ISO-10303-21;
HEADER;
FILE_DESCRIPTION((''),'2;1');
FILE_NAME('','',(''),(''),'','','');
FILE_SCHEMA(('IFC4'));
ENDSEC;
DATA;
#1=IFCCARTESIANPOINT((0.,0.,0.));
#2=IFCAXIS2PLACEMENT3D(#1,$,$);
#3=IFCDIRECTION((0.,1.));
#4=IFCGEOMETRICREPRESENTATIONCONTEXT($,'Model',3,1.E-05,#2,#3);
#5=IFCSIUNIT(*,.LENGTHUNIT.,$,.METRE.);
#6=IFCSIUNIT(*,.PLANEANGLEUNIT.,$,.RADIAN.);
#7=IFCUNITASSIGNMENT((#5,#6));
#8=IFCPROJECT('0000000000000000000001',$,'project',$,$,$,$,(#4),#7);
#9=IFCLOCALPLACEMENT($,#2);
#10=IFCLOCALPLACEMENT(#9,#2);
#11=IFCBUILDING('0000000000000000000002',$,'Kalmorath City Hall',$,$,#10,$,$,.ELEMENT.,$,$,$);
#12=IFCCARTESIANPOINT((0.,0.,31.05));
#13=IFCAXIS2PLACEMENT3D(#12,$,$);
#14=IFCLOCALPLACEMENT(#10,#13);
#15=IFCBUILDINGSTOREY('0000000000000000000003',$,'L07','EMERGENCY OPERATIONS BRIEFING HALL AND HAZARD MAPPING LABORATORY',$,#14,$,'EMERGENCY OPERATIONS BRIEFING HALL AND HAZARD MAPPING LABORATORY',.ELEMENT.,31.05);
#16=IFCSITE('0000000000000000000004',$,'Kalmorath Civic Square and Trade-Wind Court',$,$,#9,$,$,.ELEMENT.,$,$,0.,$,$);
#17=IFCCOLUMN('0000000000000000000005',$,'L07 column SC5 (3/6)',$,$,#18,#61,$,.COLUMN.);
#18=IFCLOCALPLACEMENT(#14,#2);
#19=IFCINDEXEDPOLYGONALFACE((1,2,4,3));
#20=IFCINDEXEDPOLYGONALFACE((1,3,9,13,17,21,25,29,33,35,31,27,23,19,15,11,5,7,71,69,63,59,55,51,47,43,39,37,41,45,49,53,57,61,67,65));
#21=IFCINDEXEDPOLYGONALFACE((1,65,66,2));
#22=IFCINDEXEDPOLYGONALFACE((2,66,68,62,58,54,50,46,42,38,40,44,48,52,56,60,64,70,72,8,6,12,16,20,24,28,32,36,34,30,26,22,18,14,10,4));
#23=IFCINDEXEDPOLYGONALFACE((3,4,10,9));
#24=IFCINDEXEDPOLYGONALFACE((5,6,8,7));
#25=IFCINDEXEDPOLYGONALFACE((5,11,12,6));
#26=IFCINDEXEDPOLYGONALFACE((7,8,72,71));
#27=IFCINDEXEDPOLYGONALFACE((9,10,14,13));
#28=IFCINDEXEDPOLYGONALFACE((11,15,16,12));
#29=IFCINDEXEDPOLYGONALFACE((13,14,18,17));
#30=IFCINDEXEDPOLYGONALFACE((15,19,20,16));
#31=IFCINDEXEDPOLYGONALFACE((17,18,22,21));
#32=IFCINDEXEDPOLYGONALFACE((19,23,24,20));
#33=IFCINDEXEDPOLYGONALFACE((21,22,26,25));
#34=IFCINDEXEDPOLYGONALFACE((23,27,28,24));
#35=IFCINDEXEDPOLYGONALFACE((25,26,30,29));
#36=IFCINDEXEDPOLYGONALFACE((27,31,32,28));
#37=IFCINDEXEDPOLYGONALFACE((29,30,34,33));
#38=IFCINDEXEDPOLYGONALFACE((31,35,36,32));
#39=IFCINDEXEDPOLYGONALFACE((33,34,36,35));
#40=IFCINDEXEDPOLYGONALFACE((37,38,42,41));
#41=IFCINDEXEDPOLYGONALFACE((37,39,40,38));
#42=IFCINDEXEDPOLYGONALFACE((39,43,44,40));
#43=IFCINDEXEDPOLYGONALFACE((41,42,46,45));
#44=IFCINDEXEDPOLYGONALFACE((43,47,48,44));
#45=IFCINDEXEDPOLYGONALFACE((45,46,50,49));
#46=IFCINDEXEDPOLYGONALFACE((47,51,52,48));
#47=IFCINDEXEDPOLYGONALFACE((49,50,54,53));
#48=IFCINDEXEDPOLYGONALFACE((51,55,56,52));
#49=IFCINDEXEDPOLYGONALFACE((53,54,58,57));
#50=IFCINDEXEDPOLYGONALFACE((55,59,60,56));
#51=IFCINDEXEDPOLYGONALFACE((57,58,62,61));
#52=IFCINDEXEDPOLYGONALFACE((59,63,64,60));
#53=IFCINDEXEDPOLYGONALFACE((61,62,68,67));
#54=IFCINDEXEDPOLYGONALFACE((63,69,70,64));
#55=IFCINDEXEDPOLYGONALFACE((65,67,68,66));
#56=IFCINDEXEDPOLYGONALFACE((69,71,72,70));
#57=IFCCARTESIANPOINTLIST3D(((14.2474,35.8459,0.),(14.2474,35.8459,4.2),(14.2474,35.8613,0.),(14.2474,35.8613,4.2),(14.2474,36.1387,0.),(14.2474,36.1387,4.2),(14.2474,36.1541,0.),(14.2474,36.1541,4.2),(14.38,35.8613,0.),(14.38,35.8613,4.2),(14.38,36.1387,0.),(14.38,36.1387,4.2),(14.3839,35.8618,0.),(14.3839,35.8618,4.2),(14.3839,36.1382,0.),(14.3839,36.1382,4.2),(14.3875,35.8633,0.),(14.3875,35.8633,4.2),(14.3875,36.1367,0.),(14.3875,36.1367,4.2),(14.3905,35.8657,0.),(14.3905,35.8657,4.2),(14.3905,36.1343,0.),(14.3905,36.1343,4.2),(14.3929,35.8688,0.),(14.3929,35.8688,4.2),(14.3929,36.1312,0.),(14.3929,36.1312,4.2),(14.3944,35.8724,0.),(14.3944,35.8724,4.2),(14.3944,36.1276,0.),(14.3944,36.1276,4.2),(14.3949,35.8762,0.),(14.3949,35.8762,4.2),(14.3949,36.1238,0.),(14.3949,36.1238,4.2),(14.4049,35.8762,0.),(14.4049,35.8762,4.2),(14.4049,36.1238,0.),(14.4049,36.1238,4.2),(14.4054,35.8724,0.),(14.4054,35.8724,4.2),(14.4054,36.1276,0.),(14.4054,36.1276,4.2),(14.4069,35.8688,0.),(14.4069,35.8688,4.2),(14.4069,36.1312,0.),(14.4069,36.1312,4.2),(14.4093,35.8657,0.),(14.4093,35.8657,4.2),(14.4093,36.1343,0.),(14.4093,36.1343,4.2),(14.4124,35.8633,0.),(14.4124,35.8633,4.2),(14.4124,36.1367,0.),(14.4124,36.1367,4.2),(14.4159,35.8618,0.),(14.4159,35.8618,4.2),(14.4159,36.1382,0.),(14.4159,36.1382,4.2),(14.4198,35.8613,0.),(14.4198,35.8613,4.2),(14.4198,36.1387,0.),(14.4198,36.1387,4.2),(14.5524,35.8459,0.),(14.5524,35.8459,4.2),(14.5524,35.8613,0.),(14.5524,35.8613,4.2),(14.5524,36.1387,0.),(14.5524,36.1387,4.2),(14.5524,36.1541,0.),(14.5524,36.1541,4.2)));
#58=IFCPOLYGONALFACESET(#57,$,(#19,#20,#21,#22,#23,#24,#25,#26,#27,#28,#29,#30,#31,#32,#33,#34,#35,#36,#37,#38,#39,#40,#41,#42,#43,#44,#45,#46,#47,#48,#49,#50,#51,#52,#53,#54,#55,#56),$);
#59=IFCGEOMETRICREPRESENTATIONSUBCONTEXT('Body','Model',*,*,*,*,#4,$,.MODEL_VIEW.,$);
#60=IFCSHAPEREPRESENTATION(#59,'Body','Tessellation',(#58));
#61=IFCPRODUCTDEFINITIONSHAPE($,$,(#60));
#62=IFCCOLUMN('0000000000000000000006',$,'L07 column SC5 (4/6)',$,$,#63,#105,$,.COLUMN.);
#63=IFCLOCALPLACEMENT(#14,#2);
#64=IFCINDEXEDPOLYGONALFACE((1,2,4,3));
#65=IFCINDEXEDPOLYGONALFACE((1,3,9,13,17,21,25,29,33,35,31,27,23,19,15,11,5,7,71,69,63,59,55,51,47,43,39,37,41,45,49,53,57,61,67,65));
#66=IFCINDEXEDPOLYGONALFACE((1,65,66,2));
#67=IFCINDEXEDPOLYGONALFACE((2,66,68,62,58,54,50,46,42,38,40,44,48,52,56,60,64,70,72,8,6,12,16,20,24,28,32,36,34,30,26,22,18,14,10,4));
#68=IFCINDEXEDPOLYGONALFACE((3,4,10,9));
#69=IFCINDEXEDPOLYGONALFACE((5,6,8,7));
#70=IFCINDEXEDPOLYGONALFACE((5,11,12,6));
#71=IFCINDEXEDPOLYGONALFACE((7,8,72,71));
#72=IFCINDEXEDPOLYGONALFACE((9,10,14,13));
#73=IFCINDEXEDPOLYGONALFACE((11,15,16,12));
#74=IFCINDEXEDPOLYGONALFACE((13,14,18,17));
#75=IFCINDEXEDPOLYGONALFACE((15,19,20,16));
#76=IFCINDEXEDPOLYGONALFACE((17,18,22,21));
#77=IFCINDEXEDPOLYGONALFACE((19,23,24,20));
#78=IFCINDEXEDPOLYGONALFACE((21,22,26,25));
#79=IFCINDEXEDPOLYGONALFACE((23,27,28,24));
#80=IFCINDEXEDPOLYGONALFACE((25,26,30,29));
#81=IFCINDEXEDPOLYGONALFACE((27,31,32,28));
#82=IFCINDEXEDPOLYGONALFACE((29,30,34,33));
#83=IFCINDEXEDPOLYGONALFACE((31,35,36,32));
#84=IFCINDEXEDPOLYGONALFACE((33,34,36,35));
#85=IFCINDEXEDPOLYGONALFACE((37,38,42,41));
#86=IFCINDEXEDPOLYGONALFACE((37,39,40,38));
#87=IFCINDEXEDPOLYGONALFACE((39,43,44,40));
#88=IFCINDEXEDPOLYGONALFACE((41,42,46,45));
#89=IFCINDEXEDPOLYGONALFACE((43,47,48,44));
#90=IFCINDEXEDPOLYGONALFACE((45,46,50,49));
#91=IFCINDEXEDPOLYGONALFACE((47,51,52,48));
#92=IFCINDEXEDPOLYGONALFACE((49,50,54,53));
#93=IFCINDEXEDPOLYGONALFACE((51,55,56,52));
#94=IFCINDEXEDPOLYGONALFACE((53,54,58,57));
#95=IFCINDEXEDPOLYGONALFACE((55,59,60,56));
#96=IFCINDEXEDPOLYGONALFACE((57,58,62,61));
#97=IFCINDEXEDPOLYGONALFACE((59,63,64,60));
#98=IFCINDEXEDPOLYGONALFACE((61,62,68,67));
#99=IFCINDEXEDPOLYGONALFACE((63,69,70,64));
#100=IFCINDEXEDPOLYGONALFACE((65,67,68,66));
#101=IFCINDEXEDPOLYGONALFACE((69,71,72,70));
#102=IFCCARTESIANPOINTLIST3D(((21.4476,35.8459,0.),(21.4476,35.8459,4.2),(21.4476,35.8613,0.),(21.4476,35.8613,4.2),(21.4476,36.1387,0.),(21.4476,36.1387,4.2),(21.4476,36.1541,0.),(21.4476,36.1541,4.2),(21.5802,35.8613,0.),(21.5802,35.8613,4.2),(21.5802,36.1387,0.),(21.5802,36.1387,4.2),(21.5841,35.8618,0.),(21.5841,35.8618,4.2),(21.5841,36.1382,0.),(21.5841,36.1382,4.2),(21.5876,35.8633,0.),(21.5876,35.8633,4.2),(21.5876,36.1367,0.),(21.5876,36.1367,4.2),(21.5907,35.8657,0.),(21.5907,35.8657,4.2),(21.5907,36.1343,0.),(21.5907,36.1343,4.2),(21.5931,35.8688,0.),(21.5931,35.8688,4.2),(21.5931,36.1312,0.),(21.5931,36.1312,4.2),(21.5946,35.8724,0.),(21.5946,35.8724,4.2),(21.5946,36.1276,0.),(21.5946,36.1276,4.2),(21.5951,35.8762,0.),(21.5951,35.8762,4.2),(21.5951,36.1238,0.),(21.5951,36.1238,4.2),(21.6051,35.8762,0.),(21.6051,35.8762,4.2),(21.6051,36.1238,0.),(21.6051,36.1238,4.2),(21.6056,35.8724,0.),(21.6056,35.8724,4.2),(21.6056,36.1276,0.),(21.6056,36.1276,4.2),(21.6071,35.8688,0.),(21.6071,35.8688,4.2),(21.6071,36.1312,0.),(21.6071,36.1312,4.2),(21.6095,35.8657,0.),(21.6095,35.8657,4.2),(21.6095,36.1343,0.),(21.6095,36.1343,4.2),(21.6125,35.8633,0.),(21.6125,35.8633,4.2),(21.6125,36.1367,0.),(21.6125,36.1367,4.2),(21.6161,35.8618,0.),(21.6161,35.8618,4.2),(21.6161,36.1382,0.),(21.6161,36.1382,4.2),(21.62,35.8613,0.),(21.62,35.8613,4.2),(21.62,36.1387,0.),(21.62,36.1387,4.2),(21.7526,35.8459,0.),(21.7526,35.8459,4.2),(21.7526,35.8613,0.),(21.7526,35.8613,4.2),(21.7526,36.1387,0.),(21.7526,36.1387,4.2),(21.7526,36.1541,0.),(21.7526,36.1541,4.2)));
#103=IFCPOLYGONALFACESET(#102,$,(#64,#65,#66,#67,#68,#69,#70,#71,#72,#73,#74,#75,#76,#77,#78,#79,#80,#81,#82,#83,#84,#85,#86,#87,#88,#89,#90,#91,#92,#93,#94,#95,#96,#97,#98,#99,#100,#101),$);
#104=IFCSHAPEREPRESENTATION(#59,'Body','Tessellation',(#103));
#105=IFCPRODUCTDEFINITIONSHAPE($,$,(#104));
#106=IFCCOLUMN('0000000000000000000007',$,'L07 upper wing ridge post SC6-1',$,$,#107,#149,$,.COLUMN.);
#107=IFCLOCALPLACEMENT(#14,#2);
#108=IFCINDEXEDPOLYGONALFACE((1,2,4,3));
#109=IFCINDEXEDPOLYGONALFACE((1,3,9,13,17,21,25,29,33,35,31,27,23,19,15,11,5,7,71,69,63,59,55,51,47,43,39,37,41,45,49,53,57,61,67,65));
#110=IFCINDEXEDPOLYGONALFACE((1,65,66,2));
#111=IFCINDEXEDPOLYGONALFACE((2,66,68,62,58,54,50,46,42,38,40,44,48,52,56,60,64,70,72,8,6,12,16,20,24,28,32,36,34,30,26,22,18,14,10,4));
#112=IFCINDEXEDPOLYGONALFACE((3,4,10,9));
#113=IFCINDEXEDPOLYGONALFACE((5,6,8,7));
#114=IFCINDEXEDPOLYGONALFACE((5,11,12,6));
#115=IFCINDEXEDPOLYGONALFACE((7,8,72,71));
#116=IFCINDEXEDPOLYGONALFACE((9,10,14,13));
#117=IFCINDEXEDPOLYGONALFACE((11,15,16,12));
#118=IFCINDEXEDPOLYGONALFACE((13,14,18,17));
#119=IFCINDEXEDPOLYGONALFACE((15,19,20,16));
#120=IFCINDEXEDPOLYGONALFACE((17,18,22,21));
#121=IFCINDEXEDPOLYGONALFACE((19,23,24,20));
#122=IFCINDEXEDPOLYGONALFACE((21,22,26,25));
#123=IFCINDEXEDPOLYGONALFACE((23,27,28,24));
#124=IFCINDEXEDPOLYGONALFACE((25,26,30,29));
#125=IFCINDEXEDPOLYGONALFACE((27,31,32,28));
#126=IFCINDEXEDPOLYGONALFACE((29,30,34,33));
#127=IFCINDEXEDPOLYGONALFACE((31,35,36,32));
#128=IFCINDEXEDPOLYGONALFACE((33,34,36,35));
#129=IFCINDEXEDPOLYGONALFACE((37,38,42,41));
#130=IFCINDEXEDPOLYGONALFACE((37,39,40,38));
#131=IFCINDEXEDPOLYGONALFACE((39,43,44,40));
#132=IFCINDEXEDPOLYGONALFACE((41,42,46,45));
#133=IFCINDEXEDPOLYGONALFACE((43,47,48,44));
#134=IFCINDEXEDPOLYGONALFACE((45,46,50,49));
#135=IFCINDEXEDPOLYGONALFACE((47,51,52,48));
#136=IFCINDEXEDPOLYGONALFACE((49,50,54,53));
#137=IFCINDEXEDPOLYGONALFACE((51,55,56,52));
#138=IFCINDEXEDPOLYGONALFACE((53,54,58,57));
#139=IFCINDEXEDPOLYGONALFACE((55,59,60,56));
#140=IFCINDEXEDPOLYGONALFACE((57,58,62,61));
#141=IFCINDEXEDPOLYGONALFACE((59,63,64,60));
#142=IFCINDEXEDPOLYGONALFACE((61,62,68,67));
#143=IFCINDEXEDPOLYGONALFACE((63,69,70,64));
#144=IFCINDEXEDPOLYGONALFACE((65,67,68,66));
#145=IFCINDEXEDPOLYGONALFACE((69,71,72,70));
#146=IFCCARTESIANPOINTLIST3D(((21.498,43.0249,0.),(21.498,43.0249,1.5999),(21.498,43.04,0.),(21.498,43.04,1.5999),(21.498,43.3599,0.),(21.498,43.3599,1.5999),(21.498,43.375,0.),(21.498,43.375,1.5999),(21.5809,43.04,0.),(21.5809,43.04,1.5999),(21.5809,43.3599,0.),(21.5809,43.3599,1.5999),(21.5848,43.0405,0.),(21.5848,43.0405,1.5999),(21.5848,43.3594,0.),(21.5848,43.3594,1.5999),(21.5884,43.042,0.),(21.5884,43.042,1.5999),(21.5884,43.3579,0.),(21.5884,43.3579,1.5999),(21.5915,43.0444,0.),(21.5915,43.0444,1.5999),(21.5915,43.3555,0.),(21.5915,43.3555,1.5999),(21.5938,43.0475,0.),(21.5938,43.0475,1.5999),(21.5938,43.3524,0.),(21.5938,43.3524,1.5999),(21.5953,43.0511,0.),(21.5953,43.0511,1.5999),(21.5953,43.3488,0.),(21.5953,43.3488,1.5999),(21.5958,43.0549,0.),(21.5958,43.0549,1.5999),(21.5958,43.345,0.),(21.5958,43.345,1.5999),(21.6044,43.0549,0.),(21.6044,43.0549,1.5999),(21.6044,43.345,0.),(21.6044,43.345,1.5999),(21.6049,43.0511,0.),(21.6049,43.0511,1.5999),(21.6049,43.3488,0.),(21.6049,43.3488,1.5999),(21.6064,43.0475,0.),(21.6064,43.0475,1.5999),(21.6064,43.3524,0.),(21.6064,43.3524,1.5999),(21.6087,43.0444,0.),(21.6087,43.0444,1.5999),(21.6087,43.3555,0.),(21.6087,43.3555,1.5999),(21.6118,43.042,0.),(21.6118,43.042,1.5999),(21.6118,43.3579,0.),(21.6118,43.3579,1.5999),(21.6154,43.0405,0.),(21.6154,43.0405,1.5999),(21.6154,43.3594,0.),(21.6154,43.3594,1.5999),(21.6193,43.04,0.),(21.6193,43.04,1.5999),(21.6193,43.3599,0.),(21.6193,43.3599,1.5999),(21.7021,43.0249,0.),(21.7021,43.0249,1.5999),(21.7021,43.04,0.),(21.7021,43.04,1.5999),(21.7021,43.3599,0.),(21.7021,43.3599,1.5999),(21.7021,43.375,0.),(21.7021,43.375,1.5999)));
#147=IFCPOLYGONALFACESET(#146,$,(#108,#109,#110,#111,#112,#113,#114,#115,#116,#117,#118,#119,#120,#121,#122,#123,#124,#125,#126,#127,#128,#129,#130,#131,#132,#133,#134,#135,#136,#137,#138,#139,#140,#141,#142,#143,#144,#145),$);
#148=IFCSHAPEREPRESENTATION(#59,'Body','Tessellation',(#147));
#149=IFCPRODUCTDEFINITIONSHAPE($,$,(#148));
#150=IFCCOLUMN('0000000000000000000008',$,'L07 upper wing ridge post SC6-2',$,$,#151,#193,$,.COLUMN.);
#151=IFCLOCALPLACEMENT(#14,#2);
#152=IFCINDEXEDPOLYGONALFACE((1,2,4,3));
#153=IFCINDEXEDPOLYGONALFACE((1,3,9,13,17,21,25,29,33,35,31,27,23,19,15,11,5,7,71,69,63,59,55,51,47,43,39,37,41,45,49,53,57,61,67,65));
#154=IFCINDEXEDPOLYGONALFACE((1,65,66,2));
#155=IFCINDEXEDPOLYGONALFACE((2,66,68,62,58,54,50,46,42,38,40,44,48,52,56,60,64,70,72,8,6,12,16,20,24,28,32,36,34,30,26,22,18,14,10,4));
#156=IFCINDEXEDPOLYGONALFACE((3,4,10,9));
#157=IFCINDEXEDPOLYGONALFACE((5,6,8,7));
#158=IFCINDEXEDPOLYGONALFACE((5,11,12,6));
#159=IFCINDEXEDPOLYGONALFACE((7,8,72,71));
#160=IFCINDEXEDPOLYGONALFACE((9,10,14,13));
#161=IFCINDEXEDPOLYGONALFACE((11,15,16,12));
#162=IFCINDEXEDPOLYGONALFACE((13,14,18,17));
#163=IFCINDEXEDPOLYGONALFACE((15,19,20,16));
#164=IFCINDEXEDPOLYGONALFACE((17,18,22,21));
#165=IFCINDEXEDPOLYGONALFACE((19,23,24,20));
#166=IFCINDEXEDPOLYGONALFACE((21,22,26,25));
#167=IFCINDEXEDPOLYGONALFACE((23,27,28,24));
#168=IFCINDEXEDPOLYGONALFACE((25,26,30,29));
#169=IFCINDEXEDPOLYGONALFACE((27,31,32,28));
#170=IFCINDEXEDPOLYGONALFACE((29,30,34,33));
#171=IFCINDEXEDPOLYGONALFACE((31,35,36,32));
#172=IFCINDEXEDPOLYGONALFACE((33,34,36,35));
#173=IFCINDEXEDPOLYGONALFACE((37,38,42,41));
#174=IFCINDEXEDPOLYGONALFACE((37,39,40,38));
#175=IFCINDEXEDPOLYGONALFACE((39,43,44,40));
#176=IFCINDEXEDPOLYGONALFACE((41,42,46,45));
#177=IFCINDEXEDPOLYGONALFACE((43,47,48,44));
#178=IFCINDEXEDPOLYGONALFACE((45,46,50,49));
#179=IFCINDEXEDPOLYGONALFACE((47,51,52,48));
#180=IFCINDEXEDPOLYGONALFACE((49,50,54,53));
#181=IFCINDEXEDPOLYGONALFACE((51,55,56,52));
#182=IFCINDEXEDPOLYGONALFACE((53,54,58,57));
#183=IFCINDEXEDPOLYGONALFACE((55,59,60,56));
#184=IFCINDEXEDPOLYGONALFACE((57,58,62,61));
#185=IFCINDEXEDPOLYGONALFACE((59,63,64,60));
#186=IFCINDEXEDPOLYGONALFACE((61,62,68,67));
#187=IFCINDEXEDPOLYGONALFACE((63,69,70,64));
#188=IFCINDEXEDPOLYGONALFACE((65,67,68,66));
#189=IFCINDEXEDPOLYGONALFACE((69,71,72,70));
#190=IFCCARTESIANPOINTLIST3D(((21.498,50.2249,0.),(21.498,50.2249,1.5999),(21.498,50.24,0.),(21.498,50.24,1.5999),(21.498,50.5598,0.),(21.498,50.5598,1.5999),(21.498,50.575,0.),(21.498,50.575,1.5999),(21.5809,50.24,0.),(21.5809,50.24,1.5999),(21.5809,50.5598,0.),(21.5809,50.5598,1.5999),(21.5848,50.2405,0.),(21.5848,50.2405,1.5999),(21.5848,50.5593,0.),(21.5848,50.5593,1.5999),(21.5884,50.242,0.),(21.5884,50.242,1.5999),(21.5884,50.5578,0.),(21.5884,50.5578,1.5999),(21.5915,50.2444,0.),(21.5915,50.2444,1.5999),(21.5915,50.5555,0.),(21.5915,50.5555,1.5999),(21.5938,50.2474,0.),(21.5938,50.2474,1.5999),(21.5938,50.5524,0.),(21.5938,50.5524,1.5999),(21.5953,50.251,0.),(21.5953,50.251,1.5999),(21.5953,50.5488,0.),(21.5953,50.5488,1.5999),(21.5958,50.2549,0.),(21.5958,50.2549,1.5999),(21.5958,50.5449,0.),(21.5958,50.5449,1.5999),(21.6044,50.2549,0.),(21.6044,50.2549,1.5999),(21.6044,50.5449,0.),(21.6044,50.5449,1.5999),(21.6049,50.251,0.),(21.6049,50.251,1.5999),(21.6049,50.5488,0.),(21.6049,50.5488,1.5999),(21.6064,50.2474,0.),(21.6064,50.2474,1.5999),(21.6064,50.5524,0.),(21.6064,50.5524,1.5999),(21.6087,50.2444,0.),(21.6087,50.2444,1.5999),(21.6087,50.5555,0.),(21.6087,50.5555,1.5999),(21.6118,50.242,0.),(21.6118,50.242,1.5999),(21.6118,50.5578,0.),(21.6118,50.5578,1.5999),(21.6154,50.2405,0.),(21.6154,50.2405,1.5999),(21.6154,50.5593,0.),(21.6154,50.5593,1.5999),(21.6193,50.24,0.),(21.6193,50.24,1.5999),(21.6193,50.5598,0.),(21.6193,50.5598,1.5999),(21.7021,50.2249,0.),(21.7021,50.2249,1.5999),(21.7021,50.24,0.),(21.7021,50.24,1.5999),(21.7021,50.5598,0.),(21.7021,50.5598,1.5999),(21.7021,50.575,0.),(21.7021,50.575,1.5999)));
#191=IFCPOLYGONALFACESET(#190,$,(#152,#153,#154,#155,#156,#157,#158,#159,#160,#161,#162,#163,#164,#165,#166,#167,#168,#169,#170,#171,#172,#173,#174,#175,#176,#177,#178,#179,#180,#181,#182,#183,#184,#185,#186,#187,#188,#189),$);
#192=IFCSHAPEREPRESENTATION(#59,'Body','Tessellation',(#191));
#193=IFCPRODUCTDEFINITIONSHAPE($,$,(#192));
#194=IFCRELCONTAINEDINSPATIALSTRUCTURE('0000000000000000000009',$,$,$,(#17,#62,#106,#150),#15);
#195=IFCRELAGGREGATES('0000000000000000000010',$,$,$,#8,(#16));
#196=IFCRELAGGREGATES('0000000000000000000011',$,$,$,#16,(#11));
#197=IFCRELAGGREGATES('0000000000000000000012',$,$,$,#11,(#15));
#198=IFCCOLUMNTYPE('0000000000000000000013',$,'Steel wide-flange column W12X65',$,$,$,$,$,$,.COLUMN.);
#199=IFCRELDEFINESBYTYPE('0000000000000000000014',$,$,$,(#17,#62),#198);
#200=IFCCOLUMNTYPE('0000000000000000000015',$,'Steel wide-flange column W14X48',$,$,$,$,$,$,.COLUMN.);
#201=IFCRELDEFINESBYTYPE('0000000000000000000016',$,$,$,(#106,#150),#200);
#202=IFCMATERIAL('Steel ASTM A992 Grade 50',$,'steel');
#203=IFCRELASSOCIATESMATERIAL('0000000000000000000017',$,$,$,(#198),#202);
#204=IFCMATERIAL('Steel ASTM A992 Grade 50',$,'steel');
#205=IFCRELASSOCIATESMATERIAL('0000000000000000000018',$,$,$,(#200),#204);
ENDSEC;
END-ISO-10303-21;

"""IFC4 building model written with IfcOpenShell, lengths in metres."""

from ifc_helpers import new_model, si_unit, direction, frame, origin, origin_2d, place, context, subcontext, project, spatial, i_section, extrude, material, material_profile, profile_set, type_object, element, save


model = new_model("IFC4")

# Units and contexts
model_context = context("Model", 3, precision=1e-05, world=origin(), true_north=direction((0.0, 1.0)))
body_context = subcontext(model_context, "Body", "Model", "MODEL_VIEW")
ifc_project = project(units=[si_unit("LENGTHUNIT", "METRE"), si_unit("PLANEANGLEUNIT", "RADIAN")], contexts=[model_context])

# Site, building, storey
site_placement = place(None, origin())
site = spatial("IfcSite", under=ifc_project, at=site_placement, Name="Kalmorath Civic Square and Trade-Wind Court", CompositionType="ELEMENT", RefElevation=0.0)
building_placement = place(site_placement, origin())
building = spatial("IfcBuilding", under=site, at=building_placement, Name="Kalmorath City Hall", CompositionType="ELEMENT")
storey_placement = place(building_placement, frame((0.0, 0.0, 31.05)))
storey = spatial("IfcBuildingStorey", under=building, at=storey_placement, Name="L07", Description="EMERGENCY OPERATIONS BRIEFING HALL AND HAZARD MAPPING LABORATORY", LongName="EMERGENCY OPERATIONS BRIEFING HALL AND HAZARD MAPPING LABORATORY", CompositionType="ELEMENT", Elevation=31.05)

# Columns
ifc_material_1 = material(Name="Steel ASTM A992 Grade 50", Category="steel")
ifc_material_profile_1 = material_profile(ifc_material_1, i_section(OverallWidth=0.3049, OverallDepth=0.3081, WebThickness=0.01, FlangeThickness=0.0154, FilletRadius=0.0149, at=origin_2d()), Name="W12X65")
ifc_profile_set_1 = profile_set([ifc_material_profile_1], Name="Steel ASTM A992 Grade 50")
column_type_1 = type_object("IfcColumnType", Name="Steel wide-flange column W12X65", PredefinedType="COLUMN", material=ifc_profile_set_1)
for number, where, z_axis, x_axis, name in (
    (1, (14.3999, 36.0, 0.0), (0.0, 0.0, 1.0), (1.0, 0.0, 0.0), "L07 column SC5 (3/6)"),
    (2, (21.6001, 36.0, 0.0), (0.0, 0.0, 1.0), (1.0, 0.0, 0.0), "L07 column SC5 (4/6)"),
):
    element("IfcColumn", number, at=place(storey_placement, frame(where, z_axis=z_axis, x_axis=x_axis)), inside=storey, type_object=column_type_1, Name=name, PredefinedType="COLUMN", context=body_context, shape_type="SweptSolid", body=[
        extrude(i_section(OverallWidth=0.3049, OverallDepth=0.3081, WebThickness=0.01, FlangeThickness=0.0154, FilletRadius=0.0149, at=origin_2d()), origin(), (0.0, 0.0, 1.0), 4.2),
    ])
ifc_material_2 = material(Name="Steel ASTM A992 Grade 50", Category="steel")
ifc_material_profile_2 = material_profile(ifc_material_2, i_section(OverallWidth=0.2041, OverallDepth=0.3501, WebThickness=0.0085, FlangeThickness=0.0151, FilletRadius=0.0149, at=origin_2d()), Name="W14X48")
ifc_profile_set_2 = profile_set([ifc_material_profile_2], Name="Steel ASTM A992 Grade 50")
column_type_2 = type_object("IfcColumnType", Name="Steel wide-flange column W14X48", PredefinedType="COLUMN", material=ifc_profile_set_2)
for number, where, z_axis, x_axis, name in (
    (3, (21.6001, 43.2, 0.0), (0.0, 0.0, 1.0), (1.0, 0.0, 0.0), "L07 upper wing ridge post SC6-1"),
    (4, (21.6001, 50.3999, 0.0), (0.0, 0.0, 1.0), (1.0, 0.0, 0.0), "L07 upper wing ridge post SC6-2"),
):
    element("IfcColumn", number, at=place(storey_placement, frame(where, z_axis=z_axis, x_axis=x_axis)), inside=storey, type_object=column_type_2, Name=name, PredefinedType="COLUMN", context=body_context, shape_type="SweptSolid", body=[
        extrude(i_section(OverallWidth=0.2041, OverallDepth=0.3501, WebThickness=0.0085, FlangeThickness=0.0151, FilletRadius=0.0149, at=origin_2d()), origin(), (0.0, 0.0, 1.0), 1.5999),
    ])

save(model, "model.ifc")
